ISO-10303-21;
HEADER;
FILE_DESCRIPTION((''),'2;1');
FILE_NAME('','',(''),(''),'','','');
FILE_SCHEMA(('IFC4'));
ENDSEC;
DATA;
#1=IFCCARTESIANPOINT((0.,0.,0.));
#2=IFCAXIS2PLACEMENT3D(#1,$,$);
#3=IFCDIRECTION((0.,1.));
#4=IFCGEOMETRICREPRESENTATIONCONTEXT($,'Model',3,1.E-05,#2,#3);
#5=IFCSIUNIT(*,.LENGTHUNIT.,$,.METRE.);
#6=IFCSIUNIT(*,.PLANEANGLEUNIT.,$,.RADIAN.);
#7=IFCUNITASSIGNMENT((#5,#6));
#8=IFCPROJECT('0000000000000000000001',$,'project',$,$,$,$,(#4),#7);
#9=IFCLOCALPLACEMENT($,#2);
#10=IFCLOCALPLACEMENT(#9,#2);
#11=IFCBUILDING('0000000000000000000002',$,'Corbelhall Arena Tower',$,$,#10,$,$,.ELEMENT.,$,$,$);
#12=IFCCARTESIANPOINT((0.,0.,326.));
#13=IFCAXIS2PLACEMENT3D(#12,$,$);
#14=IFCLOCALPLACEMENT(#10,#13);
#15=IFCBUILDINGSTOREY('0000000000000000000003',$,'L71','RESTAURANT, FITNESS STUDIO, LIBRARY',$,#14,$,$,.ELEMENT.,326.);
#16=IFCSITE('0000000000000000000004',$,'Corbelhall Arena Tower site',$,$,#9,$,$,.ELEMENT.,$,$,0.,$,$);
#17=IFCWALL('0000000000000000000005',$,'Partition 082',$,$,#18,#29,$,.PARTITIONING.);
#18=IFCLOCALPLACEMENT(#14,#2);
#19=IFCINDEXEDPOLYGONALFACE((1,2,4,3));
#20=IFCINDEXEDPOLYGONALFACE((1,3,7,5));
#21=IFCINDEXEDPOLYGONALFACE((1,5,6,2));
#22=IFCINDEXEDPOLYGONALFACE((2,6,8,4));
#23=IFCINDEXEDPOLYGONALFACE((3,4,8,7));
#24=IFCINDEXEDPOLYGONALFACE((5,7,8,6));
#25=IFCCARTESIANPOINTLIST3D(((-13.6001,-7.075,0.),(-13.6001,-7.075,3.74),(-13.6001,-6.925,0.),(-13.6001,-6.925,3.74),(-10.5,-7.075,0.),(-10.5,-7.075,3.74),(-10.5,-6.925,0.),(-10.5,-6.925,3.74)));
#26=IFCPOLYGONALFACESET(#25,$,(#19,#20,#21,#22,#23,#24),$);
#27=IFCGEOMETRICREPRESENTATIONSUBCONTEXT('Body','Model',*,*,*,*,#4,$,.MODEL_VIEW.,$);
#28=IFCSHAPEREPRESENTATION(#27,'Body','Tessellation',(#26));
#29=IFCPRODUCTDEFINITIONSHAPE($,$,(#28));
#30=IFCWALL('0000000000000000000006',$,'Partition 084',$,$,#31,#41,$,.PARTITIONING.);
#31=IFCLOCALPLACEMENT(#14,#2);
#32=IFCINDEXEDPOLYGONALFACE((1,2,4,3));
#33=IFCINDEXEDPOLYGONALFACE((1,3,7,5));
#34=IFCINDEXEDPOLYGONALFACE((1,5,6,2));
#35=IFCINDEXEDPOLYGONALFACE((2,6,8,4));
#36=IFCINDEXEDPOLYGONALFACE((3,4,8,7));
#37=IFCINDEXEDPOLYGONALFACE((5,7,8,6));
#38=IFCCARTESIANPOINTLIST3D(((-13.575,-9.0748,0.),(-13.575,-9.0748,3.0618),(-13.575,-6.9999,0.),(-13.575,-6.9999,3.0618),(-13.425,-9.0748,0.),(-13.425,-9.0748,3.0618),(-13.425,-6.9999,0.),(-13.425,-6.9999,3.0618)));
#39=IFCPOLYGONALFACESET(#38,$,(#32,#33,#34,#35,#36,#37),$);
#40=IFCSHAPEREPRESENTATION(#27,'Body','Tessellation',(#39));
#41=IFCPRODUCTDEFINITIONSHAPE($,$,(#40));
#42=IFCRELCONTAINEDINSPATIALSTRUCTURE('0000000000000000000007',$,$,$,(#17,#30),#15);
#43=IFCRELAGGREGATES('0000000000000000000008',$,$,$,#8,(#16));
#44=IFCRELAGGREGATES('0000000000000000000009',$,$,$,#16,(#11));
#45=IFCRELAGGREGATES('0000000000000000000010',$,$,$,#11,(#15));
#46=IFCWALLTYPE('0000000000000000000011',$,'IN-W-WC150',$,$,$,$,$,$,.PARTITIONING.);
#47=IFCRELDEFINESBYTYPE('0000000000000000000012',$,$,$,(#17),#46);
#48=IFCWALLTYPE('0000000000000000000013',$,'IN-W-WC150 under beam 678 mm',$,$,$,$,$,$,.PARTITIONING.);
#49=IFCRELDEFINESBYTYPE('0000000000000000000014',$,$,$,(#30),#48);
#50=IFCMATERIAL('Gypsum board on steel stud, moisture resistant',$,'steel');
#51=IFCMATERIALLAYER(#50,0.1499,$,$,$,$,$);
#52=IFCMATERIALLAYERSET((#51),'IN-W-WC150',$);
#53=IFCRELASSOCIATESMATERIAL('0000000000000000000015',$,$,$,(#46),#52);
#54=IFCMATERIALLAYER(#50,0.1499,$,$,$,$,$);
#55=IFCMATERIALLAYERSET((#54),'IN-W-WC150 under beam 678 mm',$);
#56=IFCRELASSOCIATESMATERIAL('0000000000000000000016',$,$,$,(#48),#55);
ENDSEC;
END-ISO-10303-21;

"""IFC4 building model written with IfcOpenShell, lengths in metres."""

from ifc_helpers import new_model, si_unit, direction, frame, frame_2d, origin, place, context, subcontext, project, spatial, rectangle, extrude, material, layer, layer_set, type_object, element, save


model = new_model("IFC4")

# Units and contexts
model_context = context("Model", 3, precision=1e-05, world=origin(), true_north=direction((0.0, 1.0)))
body_context = subcontext(model_context, "Body", "Model", "MODEL_VIEW")
ifc_project = project(units=[si_unit("LENGTHUNIT", "METRE"), si_unit("PLANEANGLEUNIT", "RADIAN")], contexts=[model_context])

# Site, building, storey
site_placement = place(None, origin())
site = spatial("IfcSite", under=ifc_project, at=site_placement, Name="Corbelhall Arena Tower site", CompositionType="ELEMENT", RefElevation=0.0)
building_placement = place(site_placement, origin())
building = spatial("IfcBuilding", under=site, at=building_placement, Name="Corbelhall Arena Tower", CompositionType="ELEMENT")
storey_placement = place(building_placement, frame((0.0, 0.0, 326.0)))
storey = spatial("IfcBuildingStorey", under=building, at=storey_placement, Name="L71", Description="RESTAURANT, FITNESS STUDIO, LIBRARY", CompositionType="ELEMENT", Elevation=326.0)

# Walls
ifc_material_1 = material(Name="Gypsum board on steel stud, moisture resistant", Category="steel")
ifc_layer_1 = layer(ifc_material_1, 0.1499)
ifc_layer_set_1 = layer_set([ifc_layer_1], Name="IN-W-WC150")
wall_type_1 = type_object("IfcWallType", Name="IN-W-WC150", PredefinedType="PARTITIONING", material=ifc_layer_set_1)
wall_1_placement = place(storey_placement, frame((-13.6001, -7.0, 0.0), z_axis=(0.0, 0.0, 1.0), x_axis=(1.0, 0.0, 0.0)))
element("IfcWall", 1, at=wall_1_placement, inside=storey, type_object=wall_type_1, Name="Partition 082", PredefinedType="PARTITIONING", context=body_context, shape_type="SweptSolid", body=[
    extrude(rectangle(XDim=3.1001, YDim=0.1499, at=frame_2d((1.55, 0.0))), origin(), (0.0, 0.0, 1.0), 3.74),
])
ifc_layer_2 = layer(ifc_material_1, 0.1499)
ifc_layer_set_2 = layer_set([ifc_layer_2], Name="IN-W-WC150 under beam 678 mm")
wall_type_2 = type_object("IfcWallType", Name="IN-W-WC150 under beam 678 mm", PredefinedType="PARTITIONING", material=ifc_layer_set_2)
wall_2_placement = place(storey_placement, frame((-13.5, -9.075, 0.0), z_axis=(0.0, 0.0, 1.0), x_axis=(0.0, 1.0, 0.0)))
element("IfcWall", 2, at=wall_2_placement, inside=storey, type_object=wall_type_2, Name="Partition 084", PredefinedType="PARTITIONING", context=body_context, shape_type="SweptSolid", body=[
    extrude(rectangle(XDim=2.075, YDim=0.1499, at=frame_2d((1.0376, 0.0))), origin(), (0.0, 0.0, 1.0), 3.0618),
])

save(model, "model.ifc")
